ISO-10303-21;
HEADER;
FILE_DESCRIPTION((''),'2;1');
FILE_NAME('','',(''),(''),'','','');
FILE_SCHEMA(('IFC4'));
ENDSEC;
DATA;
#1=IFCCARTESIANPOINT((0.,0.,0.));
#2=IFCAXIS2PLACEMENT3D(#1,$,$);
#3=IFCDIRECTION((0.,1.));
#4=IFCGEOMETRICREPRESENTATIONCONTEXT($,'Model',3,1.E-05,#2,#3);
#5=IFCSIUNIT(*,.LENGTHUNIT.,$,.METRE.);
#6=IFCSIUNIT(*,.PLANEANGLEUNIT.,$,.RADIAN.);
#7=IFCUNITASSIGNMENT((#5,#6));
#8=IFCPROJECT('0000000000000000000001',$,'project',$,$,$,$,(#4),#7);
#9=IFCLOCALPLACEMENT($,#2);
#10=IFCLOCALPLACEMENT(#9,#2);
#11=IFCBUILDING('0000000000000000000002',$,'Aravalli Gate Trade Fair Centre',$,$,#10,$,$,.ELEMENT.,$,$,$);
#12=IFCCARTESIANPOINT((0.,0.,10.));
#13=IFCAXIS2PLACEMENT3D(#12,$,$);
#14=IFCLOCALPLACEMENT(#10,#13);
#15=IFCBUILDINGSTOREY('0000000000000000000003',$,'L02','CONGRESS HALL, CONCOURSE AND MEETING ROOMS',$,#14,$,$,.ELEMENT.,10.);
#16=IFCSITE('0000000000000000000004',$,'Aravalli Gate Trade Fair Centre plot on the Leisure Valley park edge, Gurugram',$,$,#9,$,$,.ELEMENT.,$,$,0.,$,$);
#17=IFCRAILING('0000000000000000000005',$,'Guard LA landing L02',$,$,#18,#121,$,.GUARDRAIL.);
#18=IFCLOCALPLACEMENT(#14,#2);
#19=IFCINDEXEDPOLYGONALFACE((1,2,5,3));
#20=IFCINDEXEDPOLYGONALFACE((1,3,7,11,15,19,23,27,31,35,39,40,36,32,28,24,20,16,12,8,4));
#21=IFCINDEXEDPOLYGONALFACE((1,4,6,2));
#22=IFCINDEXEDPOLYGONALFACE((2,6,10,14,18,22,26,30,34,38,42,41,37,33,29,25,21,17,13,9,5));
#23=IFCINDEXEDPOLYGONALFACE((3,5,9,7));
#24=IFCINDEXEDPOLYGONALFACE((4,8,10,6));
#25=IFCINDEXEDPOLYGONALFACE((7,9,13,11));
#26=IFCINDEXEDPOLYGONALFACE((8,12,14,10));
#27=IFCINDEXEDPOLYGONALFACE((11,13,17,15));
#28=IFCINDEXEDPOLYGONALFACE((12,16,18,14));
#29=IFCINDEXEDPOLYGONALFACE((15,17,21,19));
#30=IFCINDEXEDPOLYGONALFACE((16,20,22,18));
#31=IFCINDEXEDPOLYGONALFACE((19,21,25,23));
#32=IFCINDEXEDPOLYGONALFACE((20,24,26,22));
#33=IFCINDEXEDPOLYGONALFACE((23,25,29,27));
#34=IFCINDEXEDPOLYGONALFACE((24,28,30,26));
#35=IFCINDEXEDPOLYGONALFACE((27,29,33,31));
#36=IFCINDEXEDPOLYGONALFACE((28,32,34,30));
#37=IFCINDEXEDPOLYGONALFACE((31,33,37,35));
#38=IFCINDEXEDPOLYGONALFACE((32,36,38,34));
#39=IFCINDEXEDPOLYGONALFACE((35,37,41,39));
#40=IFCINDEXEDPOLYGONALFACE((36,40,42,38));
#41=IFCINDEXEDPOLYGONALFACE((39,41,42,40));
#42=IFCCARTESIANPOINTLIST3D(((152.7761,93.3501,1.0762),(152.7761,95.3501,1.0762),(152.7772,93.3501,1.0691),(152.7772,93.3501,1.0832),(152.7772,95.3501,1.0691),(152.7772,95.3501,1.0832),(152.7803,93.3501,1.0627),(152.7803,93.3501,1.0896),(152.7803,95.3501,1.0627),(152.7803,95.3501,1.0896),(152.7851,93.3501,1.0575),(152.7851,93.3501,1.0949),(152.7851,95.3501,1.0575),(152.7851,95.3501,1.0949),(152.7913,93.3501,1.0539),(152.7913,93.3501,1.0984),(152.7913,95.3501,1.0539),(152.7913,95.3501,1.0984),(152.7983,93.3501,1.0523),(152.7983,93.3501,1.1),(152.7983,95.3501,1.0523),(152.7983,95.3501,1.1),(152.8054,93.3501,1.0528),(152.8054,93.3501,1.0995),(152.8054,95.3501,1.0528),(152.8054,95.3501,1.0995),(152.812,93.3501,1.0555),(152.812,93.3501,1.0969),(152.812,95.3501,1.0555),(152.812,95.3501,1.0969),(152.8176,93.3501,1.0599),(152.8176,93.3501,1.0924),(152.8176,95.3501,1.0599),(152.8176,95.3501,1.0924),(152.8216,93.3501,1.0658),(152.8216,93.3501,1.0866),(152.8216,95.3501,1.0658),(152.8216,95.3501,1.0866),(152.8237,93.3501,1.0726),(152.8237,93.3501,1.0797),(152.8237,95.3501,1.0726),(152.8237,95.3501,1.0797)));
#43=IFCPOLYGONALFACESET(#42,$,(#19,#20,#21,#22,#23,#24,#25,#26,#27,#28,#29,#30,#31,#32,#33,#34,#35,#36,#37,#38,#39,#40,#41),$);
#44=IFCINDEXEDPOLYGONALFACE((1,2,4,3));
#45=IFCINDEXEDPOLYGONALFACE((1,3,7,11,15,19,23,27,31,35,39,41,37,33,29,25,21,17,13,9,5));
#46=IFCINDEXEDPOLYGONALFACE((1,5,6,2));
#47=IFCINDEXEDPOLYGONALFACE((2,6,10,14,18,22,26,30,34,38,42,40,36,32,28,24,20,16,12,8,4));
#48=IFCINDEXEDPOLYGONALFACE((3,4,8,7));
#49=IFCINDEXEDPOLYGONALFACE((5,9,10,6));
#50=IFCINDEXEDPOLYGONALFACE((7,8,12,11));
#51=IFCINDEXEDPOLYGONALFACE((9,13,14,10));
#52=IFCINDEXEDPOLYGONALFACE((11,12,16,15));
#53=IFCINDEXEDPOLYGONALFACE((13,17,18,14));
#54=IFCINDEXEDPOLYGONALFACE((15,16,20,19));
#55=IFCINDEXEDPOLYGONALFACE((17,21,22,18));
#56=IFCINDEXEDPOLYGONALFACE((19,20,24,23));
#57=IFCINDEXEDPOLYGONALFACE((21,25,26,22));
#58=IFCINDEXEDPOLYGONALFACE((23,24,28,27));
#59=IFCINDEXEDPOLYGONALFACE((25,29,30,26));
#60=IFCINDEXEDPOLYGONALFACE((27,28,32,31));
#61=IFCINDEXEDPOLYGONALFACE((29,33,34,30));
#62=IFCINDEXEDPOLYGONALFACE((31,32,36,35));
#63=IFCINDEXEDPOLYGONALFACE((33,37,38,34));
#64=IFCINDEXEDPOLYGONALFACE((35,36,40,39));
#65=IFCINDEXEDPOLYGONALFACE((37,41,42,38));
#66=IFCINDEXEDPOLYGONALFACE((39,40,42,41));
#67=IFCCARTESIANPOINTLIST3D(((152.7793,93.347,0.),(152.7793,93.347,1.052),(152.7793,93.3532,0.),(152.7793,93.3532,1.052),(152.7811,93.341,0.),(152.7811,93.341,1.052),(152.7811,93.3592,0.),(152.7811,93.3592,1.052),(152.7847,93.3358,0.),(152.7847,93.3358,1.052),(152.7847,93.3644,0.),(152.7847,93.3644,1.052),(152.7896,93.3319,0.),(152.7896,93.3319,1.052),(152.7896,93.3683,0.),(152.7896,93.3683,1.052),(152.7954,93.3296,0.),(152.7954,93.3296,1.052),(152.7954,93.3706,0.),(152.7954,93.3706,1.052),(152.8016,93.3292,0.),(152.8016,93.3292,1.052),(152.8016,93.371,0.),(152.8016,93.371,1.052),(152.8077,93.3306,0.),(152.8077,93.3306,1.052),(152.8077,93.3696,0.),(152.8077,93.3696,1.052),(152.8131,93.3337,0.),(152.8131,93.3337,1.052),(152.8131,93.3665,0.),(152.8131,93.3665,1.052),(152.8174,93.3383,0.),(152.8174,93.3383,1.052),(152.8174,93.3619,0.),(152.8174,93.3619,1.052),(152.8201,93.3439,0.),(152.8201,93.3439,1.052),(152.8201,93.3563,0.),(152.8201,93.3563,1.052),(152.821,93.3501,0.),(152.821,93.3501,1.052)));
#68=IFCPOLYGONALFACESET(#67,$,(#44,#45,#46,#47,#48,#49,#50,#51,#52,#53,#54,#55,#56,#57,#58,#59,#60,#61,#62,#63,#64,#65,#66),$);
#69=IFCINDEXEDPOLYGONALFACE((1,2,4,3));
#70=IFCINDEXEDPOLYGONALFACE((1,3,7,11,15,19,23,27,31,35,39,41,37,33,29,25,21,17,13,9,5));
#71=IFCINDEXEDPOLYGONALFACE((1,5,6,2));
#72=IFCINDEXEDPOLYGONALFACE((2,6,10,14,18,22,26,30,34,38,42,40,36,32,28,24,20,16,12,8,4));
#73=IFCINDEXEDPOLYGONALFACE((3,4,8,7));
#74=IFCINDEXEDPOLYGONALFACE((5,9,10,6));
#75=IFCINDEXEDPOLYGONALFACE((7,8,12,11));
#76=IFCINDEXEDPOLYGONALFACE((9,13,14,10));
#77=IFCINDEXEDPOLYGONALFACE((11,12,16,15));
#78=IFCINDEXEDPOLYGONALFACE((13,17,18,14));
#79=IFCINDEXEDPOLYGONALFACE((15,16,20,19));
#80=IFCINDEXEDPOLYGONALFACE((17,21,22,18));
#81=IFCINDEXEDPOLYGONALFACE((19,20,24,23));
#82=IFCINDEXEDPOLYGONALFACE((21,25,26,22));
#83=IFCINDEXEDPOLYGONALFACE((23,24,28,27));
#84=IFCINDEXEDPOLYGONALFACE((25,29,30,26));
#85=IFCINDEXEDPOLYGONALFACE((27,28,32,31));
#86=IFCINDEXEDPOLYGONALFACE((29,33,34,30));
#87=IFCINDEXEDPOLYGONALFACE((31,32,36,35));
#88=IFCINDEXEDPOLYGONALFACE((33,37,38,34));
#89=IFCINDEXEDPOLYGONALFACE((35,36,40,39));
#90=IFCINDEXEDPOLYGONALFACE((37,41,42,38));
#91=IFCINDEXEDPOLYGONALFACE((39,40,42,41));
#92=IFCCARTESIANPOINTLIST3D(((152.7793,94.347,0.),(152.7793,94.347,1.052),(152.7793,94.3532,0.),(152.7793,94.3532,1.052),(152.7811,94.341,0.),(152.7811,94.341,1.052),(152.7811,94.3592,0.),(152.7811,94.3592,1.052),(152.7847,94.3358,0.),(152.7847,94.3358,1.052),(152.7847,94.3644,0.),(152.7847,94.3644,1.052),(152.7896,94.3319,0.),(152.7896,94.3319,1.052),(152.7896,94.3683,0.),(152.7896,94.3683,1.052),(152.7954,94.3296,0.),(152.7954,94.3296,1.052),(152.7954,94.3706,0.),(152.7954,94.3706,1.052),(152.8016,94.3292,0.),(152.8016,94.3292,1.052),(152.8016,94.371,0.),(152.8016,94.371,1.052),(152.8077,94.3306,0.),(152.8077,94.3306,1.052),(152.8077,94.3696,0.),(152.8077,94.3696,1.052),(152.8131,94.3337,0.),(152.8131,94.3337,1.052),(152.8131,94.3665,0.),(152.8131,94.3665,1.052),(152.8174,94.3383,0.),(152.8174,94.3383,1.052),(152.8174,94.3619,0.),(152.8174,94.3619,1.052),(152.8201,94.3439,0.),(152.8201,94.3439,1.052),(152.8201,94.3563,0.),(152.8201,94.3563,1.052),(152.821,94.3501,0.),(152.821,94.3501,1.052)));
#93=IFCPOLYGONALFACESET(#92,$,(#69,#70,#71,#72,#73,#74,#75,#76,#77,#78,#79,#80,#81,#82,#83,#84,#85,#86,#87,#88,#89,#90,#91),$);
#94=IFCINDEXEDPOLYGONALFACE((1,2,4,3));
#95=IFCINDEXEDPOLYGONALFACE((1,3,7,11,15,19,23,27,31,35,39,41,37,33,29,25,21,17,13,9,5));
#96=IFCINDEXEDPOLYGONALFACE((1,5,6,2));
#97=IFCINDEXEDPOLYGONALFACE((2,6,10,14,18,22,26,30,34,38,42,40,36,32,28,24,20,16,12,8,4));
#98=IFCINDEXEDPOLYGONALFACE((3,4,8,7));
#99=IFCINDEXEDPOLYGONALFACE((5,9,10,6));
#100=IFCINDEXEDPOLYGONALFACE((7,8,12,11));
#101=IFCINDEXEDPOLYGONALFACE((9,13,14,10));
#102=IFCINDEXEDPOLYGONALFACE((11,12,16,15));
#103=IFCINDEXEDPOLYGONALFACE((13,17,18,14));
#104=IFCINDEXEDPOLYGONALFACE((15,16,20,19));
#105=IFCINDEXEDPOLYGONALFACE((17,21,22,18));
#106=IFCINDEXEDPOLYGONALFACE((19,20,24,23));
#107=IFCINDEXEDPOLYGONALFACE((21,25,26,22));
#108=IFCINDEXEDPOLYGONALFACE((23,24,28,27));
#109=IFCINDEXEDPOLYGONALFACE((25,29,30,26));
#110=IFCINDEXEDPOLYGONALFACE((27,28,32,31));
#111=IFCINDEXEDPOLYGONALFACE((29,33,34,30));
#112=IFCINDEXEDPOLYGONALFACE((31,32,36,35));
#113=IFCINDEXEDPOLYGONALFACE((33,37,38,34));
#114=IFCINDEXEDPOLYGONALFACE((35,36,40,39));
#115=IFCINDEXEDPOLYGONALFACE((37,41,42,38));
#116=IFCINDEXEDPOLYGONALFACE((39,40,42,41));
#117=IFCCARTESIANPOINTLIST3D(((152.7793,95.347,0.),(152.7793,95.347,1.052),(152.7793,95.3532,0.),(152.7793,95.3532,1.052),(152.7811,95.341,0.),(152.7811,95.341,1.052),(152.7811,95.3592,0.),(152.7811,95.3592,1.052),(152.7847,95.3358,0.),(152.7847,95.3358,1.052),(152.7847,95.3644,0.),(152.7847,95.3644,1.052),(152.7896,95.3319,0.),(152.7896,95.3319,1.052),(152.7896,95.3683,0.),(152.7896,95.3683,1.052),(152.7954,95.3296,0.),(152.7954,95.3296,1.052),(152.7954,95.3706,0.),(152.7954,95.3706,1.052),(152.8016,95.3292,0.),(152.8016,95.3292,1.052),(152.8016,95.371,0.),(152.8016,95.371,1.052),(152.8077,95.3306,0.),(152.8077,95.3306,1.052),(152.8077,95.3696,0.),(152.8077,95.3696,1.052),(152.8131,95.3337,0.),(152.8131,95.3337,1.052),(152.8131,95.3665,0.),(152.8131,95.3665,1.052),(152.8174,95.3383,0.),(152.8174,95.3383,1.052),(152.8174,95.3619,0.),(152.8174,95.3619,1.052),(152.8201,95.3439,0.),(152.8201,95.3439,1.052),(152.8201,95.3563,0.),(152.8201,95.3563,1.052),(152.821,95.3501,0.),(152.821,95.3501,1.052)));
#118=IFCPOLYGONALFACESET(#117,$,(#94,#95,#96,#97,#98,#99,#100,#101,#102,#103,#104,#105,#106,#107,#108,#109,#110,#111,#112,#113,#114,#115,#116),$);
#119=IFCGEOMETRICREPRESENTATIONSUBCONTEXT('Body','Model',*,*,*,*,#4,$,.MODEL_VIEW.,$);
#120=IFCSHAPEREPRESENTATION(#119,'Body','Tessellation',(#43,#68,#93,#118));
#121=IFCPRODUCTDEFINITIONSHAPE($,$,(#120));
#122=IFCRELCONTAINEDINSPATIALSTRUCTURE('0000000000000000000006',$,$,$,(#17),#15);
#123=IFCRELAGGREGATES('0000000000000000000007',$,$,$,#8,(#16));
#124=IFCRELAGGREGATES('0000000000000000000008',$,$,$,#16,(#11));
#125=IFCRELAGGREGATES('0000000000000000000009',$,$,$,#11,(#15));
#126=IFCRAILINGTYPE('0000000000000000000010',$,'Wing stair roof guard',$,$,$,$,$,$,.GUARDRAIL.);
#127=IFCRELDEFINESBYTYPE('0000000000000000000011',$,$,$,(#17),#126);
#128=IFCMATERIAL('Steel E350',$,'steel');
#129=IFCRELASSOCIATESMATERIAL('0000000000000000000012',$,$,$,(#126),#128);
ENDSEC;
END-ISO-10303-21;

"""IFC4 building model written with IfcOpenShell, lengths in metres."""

from ifc_helpers import new_model, si_unit, direction, frame, origin, origin_2d, place, context, subcontext, project, spatial, circle, extrude, material, type_object, element, save


model = new_model("IFC4")

# Units and contexts
model_context = context("Model", 3, precision=1e-05, world=origin(), true_north=direction((0.0, 1.0)))
body_context = subcontext(model_context, "Body", "Model", "MODEL_VIEW")
ifc_project = project(units=[si_unit("LENGTHUNIT", "METRE"), si_unit("PLANEANGLEUNIT", "RADIAN")], contexts=[model_context])

# Site, building, storey
site_placement = place(None, origin())
site = spatial("IfcSite", under=ifc_project, at=site_placement, Name="Aravalli Gate Trade Fair Centre plot on the Leisure Valley park edge, Gurugram", CompositionType="ELEMENT", RefElevation=0.0)
building_placement = place(site_placement, origin())
building = spatial("IfcBuilding", under=site, at=building_placement, Name="Aravalli Gate Trade Fair Centre", CompositionType="ELEMENT")
storey_placement = place(building_placement, frame((0.0, 0.0, 10.0)))
storey = spatial("IfcBuildingStorey", under=building, at=storey_placement, Name="L02", Description="CONGRESS HALL, CONCOURSE AND MEETING ROOMS", CompositionType="ELEMENT", Elevation=10.0)

# Shared definitions
ifc_material_1 = material(Name="Steel E350", Category="steel")

# Railing
railing_type_1 = type_object("IfcRailingType", Name="Wing stair roof guard", PredefinedType="GUARDRAIL", material=ifc_material_1)
railing_1_placement = place(storey_placement, frame((152.8, 93.3501, 0.0)))
element("IfcRailing", 1, at=railing_1_placement, inside=storey, type_object=railing_type_1, Name="Guard LA landing L02", PredefinedType="GUARDRAIL", context=body_context, shape_type="SweptSolid", body=[
    extrude(circle(Radius=0.0239, at=origin_2d()), frame((0.0, 0.0, 1.0762), z_axis=(0.0, 1.0, 0.0), x_axis=(-1.0, 0.0, 0.0)), (0.0, 0.0, 1.0), 2.0),
    extrude(circle(Radius=0.021, at=origin_2d()), origin(), (0.0, 0.0, 1.0), 1.052),
    extrude(circle(Radius=0.021, at=origin_2d()), frame((0.0, 1.0, 0.0)), (0.0, 0.0, 1.0), 1.052),
    extrude(circle(Radius=0.021, at=origin_2d()), frame((0.0, 2.0, 0.0)), (0.0, 0.0, 1.0), 1.052),
])

save(model, "model.ifc")
